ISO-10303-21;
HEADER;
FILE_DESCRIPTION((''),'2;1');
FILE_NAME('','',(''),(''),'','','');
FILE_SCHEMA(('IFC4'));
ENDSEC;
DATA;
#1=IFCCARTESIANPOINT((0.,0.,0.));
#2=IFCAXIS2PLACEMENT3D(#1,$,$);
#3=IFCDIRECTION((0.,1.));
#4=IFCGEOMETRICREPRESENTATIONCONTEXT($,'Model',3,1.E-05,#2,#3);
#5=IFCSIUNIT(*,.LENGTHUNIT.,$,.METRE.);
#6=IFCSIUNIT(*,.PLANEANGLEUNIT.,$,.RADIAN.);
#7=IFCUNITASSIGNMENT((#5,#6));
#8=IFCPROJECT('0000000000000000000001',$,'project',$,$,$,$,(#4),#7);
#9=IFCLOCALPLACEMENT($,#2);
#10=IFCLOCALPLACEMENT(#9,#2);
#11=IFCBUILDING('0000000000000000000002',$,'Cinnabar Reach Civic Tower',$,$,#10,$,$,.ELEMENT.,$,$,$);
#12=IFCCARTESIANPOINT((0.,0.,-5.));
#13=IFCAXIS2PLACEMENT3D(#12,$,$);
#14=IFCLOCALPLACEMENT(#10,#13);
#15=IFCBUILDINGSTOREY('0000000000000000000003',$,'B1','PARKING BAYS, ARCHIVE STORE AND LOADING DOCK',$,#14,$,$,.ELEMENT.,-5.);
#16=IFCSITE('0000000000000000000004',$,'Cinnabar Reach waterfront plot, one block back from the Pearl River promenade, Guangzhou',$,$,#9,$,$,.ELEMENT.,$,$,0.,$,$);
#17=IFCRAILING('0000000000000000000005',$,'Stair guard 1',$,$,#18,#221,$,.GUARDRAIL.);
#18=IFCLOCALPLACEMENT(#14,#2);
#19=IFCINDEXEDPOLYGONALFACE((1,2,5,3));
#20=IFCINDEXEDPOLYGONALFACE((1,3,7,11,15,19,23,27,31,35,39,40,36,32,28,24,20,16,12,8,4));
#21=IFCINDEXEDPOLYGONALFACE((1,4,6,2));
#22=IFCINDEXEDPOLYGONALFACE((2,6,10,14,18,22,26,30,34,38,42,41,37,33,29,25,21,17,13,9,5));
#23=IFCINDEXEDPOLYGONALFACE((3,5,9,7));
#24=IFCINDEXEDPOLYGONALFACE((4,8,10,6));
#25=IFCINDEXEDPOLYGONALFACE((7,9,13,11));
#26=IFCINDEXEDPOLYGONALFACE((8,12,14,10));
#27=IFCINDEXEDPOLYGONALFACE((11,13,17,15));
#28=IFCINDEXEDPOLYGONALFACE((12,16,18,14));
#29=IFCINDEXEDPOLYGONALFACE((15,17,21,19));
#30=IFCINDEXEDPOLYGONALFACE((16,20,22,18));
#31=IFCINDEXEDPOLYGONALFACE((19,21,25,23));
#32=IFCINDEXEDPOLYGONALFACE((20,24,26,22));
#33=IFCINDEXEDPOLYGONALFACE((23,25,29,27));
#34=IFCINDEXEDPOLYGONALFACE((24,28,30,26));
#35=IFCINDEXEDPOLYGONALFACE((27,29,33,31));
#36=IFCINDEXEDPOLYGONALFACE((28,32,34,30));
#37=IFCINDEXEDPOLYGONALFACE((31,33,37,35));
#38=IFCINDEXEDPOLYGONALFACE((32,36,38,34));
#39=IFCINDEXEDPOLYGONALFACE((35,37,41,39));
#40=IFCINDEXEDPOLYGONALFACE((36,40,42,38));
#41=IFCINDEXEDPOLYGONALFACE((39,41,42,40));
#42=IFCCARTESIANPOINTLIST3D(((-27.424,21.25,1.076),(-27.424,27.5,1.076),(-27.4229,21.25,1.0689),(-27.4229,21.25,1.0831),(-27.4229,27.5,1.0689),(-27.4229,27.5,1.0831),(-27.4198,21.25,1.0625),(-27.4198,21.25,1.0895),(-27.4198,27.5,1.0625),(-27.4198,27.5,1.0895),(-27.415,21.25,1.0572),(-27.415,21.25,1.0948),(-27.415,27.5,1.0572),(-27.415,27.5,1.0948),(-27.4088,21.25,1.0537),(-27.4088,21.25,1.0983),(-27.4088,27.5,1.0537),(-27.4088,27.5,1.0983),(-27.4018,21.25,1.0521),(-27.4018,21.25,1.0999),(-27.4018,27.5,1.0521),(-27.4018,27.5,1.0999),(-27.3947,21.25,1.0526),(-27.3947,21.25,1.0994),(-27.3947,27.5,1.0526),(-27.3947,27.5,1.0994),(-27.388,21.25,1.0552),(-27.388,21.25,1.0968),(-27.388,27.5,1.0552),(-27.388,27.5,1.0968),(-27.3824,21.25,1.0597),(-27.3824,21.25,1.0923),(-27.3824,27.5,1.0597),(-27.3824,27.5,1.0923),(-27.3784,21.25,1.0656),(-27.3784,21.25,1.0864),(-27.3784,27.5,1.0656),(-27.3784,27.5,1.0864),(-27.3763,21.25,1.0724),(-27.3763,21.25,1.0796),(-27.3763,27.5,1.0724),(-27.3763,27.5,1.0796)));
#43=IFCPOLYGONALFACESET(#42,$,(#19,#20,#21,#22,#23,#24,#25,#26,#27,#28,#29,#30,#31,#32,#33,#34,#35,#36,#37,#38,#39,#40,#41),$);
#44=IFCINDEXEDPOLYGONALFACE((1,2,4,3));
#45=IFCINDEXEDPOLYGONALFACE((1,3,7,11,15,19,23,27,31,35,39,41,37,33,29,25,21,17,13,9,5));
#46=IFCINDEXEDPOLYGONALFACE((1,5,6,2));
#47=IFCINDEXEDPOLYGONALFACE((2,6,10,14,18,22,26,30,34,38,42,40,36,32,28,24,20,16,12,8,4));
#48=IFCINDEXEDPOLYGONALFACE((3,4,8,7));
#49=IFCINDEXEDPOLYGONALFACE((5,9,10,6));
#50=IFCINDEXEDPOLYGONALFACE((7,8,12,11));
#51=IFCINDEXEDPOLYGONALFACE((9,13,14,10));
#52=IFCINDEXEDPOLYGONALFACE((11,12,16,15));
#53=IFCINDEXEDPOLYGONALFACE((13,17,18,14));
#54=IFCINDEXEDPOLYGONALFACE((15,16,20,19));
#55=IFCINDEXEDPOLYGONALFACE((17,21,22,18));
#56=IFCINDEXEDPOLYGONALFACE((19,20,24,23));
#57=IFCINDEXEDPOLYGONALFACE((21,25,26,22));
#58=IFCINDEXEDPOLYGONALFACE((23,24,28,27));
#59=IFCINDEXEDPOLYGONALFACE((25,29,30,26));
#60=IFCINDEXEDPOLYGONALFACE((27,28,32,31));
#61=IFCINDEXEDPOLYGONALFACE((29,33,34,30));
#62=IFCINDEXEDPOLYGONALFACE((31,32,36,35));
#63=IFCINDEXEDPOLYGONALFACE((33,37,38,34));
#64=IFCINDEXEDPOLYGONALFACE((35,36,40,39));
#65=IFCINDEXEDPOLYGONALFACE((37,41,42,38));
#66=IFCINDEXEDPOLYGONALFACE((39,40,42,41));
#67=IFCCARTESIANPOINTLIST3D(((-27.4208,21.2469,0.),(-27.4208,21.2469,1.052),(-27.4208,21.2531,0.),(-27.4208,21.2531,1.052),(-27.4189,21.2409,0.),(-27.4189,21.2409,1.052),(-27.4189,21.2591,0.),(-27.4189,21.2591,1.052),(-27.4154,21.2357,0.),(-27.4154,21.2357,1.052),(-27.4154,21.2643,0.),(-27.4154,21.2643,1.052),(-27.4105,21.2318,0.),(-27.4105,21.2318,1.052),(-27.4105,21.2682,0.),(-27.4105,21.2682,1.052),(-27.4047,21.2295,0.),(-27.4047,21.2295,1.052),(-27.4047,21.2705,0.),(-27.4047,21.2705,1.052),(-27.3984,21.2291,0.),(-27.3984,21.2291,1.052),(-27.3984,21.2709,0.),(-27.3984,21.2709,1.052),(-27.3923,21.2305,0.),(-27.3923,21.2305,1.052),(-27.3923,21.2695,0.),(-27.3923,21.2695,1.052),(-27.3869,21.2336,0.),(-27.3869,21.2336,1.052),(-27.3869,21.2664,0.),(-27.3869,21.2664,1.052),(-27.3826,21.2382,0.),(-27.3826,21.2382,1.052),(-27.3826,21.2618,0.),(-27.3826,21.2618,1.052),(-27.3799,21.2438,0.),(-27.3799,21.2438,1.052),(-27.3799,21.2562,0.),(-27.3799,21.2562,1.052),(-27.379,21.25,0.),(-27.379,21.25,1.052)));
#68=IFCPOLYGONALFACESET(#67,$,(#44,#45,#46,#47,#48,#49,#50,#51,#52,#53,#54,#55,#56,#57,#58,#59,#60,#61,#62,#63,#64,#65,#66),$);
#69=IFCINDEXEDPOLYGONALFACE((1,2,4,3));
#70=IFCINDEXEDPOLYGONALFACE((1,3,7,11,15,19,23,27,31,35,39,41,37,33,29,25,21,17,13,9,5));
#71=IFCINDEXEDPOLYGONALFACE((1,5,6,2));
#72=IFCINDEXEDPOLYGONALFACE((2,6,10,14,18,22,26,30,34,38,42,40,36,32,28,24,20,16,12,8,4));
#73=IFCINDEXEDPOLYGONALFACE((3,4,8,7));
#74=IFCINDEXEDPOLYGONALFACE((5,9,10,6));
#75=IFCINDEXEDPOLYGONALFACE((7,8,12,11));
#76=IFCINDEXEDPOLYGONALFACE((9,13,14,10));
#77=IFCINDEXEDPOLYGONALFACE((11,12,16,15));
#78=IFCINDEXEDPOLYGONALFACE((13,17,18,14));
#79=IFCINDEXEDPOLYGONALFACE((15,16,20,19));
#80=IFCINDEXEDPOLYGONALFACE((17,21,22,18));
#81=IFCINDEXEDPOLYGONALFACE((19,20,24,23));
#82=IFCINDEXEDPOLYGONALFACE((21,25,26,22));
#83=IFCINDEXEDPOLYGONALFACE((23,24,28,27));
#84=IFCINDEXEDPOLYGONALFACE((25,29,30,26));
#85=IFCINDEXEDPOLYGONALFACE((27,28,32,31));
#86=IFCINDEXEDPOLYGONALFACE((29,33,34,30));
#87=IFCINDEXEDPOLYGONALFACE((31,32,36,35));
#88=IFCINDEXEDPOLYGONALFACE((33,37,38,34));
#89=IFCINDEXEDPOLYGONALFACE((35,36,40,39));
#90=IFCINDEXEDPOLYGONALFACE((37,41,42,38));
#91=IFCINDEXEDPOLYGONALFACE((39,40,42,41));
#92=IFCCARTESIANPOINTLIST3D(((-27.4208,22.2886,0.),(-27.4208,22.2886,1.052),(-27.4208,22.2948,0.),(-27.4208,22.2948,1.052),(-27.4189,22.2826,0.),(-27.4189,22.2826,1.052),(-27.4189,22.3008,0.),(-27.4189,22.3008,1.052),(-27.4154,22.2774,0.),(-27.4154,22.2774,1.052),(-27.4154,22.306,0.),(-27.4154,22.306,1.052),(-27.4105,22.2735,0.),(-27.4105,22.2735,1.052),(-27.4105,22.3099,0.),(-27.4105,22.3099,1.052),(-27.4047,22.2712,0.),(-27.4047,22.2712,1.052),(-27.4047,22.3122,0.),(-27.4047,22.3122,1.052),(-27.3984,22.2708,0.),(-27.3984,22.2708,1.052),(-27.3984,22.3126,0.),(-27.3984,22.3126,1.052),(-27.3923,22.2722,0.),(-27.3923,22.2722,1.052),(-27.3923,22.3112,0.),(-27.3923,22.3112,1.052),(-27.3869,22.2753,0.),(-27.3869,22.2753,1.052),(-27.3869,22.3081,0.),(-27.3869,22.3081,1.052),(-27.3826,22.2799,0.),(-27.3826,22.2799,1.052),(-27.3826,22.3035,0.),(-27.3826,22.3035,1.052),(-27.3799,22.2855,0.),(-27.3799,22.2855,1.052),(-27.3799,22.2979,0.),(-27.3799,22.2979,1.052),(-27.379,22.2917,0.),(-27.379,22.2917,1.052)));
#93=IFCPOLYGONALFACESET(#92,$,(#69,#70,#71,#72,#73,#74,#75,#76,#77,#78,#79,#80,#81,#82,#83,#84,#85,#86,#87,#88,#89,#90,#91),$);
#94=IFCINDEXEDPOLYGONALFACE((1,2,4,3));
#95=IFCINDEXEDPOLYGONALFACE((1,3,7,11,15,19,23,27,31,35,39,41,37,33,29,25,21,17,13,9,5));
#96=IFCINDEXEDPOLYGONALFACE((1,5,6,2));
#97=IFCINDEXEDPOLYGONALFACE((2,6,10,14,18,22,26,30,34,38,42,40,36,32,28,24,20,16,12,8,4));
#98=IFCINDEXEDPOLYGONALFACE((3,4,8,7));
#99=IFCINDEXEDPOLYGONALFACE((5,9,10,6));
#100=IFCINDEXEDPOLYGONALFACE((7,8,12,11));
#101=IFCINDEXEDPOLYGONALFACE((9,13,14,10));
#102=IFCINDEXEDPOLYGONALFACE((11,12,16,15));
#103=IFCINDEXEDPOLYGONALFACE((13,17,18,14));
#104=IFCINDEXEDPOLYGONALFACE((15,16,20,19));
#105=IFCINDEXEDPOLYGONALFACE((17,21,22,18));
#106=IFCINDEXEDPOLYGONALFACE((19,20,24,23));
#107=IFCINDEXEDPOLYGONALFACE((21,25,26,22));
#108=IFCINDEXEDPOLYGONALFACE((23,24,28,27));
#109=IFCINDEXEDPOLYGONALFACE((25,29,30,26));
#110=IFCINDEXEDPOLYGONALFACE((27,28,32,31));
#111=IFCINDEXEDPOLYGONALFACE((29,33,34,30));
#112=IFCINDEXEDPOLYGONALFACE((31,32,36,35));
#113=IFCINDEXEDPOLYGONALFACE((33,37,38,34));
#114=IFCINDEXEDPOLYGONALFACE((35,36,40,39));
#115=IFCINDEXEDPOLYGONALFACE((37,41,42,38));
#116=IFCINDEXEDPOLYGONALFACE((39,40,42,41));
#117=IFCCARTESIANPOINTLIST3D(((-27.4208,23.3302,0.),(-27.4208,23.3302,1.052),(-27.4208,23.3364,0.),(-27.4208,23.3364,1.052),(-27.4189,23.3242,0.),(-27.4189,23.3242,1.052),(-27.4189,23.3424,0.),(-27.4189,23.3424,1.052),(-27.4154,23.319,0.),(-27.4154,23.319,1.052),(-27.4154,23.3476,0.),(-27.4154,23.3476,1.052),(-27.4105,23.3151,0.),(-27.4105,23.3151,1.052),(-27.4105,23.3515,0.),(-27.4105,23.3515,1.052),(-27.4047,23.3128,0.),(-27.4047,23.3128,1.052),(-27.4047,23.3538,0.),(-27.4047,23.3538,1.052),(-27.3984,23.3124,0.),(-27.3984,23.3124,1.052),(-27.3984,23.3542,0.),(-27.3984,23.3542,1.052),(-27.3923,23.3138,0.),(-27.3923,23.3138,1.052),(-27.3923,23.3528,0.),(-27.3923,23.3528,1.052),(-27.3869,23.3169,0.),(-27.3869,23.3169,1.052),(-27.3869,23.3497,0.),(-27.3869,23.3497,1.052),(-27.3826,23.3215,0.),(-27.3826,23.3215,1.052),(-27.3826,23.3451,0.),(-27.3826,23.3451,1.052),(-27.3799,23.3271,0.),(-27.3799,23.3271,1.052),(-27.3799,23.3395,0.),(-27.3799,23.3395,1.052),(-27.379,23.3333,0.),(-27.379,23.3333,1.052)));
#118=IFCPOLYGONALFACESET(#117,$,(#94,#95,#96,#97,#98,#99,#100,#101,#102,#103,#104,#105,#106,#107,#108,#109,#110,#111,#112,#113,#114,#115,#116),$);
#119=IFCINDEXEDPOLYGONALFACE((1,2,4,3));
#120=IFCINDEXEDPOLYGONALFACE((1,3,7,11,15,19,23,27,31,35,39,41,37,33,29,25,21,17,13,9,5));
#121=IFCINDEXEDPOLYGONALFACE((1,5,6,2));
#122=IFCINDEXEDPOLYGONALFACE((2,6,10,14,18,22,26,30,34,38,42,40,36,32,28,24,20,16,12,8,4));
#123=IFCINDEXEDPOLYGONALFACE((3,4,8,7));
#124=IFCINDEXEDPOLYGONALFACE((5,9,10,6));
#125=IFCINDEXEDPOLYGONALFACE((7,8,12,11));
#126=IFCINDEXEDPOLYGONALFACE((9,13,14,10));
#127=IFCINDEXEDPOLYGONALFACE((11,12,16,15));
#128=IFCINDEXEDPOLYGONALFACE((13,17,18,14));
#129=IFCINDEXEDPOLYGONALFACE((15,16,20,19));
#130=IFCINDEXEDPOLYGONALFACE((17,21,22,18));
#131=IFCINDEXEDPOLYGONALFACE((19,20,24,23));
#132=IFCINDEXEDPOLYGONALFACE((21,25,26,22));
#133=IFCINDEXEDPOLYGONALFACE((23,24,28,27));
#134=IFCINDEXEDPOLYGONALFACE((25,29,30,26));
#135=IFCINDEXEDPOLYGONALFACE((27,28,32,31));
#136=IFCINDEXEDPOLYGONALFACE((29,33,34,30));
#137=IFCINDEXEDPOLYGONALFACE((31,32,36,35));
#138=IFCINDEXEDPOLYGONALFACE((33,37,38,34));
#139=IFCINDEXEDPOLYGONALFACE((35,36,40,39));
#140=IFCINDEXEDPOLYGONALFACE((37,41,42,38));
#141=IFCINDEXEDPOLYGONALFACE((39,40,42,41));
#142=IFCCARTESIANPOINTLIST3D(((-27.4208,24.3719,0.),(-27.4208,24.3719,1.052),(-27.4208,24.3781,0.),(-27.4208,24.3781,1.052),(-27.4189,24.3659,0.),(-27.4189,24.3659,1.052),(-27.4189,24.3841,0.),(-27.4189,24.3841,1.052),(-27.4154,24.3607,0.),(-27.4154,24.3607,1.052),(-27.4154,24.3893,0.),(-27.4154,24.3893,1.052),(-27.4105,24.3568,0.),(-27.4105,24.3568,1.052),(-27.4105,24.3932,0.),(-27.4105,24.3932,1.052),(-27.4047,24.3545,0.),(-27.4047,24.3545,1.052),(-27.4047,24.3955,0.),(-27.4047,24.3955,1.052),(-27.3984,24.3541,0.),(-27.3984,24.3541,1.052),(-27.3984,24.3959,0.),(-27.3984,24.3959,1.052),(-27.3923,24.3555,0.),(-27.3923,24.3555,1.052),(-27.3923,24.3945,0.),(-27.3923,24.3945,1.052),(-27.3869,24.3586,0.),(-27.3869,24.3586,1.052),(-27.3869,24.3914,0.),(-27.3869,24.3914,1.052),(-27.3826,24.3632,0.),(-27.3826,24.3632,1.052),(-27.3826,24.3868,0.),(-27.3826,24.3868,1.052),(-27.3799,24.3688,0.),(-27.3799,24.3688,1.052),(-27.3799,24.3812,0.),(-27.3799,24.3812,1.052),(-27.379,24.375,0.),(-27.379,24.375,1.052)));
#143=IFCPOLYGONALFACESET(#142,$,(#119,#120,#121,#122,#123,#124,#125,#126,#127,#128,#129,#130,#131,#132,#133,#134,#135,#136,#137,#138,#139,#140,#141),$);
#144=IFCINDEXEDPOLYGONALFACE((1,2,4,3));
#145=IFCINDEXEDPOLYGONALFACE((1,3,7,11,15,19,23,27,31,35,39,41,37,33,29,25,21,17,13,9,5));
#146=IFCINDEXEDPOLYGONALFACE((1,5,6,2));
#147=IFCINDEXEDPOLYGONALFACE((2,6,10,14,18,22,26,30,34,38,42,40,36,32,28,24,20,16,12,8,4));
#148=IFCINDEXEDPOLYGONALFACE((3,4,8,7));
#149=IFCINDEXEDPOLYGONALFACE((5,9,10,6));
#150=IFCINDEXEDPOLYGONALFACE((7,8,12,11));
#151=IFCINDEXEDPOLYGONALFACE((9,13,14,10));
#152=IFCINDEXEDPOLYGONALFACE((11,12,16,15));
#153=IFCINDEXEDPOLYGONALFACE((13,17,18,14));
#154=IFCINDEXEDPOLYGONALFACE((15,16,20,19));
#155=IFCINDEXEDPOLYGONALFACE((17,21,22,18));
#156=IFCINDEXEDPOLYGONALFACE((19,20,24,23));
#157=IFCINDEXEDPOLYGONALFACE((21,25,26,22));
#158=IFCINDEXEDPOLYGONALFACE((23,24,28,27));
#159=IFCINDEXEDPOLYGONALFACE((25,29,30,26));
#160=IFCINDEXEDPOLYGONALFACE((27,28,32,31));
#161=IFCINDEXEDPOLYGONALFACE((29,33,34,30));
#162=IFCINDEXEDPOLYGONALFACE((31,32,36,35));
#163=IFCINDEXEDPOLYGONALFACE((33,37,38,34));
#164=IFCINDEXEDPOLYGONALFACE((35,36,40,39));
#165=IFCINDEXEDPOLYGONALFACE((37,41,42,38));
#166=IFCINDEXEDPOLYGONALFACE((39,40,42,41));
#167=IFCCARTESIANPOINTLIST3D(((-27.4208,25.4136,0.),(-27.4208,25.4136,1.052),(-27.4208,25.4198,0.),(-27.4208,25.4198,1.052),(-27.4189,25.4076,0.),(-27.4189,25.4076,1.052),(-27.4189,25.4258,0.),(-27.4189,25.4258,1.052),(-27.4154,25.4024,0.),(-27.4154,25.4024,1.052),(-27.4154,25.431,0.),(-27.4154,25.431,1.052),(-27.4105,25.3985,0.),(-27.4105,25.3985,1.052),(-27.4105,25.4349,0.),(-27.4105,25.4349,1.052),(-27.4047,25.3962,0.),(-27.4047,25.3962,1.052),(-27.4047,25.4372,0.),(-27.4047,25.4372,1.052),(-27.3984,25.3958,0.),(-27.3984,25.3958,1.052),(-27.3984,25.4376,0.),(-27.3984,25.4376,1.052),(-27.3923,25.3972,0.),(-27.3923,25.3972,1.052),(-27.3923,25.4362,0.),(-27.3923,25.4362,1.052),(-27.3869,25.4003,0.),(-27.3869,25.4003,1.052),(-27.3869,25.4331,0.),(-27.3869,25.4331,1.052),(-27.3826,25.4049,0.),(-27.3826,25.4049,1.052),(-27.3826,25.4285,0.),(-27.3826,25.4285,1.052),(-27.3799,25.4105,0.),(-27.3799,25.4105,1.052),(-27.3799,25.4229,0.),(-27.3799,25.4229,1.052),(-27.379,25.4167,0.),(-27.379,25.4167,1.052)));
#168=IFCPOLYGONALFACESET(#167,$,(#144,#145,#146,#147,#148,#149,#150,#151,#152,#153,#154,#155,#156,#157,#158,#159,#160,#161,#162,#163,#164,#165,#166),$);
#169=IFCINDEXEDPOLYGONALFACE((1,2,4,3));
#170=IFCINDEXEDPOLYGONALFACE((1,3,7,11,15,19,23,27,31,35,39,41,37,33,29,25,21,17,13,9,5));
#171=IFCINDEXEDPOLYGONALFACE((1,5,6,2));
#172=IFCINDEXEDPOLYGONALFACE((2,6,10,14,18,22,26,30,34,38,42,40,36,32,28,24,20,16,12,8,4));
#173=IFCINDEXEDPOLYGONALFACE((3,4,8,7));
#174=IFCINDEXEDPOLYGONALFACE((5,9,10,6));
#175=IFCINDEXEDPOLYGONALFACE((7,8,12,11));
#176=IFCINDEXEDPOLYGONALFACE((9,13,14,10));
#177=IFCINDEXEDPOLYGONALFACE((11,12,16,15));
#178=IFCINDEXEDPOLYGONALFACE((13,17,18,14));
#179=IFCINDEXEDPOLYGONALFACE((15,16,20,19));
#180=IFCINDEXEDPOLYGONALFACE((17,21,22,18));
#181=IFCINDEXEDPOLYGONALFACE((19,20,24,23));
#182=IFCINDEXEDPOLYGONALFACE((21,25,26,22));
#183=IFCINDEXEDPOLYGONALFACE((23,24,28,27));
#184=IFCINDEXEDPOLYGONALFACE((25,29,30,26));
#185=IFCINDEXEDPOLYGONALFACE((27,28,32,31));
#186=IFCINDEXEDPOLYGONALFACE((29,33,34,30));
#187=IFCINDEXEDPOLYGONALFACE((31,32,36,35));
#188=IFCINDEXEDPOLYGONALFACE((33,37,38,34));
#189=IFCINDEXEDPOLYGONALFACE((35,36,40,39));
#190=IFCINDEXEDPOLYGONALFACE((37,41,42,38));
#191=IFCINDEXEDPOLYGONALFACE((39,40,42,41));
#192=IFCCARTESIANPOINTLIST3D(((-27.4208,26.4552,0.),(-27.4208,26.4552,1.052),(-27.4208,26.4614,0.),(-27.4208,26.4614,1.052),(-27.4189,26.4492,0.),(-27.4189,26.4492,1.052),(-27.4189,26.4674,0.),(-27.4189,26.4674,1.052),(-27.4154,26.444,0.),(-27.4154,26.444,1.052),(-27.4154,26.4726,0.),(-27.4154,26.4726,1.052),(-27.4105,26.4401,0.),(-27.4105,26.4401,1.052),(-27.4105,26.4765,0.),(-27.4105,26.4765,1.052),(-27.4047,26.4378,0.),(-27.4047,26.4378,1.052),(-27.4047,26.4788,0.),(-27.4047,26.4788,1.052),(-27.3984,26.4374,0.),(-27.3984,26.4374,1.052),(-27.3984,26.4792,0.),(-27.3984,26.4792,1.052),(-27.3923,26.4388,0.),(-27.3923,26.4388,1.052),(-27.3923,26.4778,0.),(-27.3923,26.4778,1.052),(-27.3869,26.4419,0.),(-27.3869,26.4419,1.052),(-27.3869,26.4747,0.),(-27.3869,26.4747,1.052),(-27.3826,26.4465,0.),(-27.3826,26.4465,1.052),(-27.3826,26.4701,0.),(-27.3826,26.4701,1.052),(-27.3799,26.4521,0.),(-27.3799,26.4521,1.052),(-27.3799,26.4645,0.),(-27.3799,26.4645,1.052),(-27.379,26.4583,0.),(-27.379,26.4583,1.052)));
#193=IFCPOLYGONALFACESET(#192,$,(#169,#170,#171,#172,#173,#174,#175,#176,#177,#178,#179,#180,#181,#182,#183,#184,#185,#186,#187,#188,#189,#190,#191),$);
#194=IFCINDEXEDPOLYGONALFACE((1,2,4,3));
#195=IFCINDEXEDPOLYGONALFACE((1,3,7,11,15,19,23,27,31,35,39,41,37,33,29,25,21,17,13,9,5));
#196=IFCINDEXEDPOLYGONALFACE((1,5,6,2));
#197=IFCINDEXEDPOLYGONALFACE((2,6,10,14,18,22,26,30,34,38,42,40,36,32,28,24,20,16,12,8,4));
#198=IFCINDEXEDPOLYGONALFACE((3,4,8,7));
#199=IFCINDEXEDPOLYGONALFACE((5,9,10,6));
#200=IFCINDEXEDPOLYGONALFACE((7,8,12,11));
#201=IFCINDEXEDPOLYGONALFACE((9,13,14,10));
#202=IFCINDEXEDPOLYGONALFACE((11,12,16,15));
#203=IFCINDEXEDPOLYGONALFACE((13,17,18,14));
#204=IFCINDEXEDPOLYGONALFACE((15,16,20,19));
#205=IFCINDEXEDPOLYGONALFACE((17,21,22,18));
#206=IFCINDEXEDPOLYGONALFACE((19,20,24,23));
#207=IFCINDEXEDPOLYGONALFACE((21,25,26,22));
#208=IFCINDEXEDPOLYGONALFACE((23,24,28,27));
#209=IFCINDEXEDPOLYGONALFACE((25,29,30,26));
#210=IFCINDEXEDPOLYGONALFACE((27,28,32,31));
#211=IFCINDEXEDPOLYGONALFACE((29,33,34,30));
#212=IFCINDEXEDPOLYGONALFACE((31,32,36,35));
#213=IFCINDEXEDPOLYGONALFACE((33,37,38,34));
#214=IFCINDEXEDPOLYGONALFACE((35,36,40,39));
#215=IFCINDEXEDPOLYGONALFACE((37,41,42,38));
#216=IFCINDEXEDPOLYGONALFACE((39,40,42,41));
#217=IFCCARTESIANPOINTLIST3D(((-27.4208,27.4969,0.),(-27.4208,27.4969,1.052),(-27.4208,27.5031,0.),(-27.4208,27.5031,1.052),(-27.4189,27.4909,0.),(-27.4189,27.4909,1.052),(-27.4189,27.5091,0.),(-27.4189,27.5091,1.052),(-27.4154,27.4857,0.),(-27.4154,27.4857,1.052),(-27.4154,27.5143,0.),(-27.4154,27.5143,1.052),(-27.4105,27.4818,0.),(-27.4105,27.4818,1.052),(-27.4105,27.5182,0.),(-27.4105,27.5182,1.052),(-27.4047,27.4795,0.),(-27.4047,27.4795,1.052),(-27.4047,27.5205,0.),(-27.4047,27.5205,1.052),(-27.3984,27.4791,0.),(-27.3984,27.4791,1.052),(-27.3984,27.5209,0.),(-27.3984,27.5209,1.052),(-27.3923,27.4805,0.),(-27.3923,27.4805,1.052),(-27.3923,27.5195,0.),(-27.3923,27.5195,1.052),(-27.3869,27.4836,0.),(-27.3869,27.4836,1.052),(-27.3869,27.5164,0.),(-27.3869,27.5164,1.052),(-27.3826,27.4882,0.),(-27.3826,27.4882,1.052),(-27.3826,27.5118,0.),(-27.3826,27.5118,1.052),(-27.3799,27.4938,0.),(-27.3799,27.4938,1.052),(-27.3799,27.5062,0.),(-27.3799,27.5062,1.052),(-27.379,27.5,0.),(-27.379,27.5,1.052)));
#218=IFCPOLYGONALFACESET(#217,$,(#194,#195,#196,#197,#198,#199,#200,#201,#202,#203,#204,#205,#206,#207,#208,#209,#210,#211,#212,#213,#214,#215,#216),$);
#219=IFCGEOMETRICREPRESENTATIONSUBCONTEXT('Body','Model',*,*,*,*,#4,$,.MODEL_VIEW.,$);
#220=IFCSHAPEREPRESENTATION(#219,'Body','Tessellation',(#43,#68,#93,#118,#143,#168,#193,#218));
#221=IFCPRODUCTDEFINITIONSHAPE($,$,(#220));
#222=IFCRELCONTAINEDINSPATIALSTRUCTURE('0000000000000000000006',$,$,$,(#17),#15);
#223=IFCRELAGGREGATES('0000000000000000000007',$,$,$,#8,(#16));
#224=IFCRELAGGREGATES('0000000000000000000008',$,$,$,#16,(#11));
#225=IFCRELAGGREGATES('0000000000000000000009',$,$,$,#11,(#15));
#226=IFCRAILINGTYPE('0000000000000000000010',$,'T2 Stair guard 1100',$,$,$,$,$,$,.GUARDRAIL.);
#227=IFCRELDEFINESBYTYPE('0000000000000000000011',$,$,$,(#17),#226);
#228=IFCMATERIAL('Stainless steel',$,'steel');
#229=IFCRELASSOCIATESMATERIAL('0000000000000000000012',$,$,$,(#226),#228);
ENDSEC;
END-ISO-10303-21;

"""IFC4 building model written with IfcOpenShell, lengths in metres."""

from ifc_helpers import new_model, si_unit, direction, frame, origin, origin_2d, place, context, subcontext, project, spatial, circle, extrude, material, type_object, element, save


model = new_model("IFC4")

# Units and contexts
model_context = context("Model", 3, precision=1e-05, world=origin(), true_north=direction((0.0, 1.0)))
body_context = subcontext(model_context, "Body", "Model", "MODEL_VIEW")
ifc_project = project(units=[si_unit("LENGTHUNIT", "METRE"), si_unit("PLANEANGLEUNIT", "RADIAN")], contexts=[model_context])

# Site, building, storey
site_placement = place(None, origin())
site = spatial("IfcSite", under=ifc_project, at=site_placement, Name="Cinnabar Reach waterfront plot, one block back from the Pearl River promenade, Guangzhou", CompositionType="ELEMENT", RefElevation=0.0)
building_placement = place(site_placement, origin())
building = spatial("IfcBuilding", under=site, at=building_placement, Name="Cinnabar Reach Civic Tower", CompositionType="ELEMENT")
storey_placement = place(building_placement, frame((0.0, 0.0, -5.0)))
storey = spatial("IfcBuildingStorey", under=building, at=storey_placement, Name="B1", Description="PARKING BAYS, ARCHIVE STORE AND LOADING DOCK", CompositionType="ELEMENT", Elevation=-5.0)

# Railing
ifc_material_1 = material(Name="Stainless steel", Category="steel")
railing_type_1 = type_object("IfcRailingType", Name="T2 Stair guard 1100", PredefinedType="GUARDRAIL", material=ifc_material_1)
for number, where, name in (
    (1, (-27.4, 21.25, 0.0), "Stair guard 1"),
):
    element("IfcRailing", number, at=place(storey_placement, frame(where)), inside=storey, type_object=railing_type_1, Name=name, PredefinedType="GUARDRAIL", context=body_context, shape_type="SweptSolid", body=[
        extrude(circle(Radius=0.024, at=origin_2d()), frame((0.0, 0.0, 1.076), z_axis=(0.0, 1.0, 0.0), x_axis=(-1.0, 0.0, 0.0)), (0.0, 0.0, 1.0), 6.25),
        extrude(circle(Radius=0.021, at=origin_2d()), origin(), (0.0, 0.0, 1.0), 1.052),
        extrude(circle(Radius=0.021, at=origin_2d()), frame((0.0, 1.0417, 0.0)), (0.0, 0.0, 1.0), 1.052),
        extrude(circle(Radius=0.021, at=origin_2d()), frame((0.0, 2.0833, 0.0)), (0.0, 0.0, 1.0), 1.052),
        extrude(circle(Radius=0.021, at=origin_2d()), frame((0.0, 3.125, 0.0)), (0.0, 0.0, 1.0), 1.052),
        extrude(circle(Radius=0.021, at=origin_2d()), frame((0.0, 4.1667, 0.0)), (0.0, 0.0, 1.0), 1.052),
        extrude(circle(Radius=0.021, at=origin_2d()), frame((0.0, 5.2083, 0.0)), (0.0, 0.0, 1.0), 1.052),
        extrude(circle(Radius=0.021, at=origin_2d()), frame((0.0, 6.25, 0.0)), (0.0, 0.0, 1.0), 1.052),
    ])

save(model, "model.ifc")
